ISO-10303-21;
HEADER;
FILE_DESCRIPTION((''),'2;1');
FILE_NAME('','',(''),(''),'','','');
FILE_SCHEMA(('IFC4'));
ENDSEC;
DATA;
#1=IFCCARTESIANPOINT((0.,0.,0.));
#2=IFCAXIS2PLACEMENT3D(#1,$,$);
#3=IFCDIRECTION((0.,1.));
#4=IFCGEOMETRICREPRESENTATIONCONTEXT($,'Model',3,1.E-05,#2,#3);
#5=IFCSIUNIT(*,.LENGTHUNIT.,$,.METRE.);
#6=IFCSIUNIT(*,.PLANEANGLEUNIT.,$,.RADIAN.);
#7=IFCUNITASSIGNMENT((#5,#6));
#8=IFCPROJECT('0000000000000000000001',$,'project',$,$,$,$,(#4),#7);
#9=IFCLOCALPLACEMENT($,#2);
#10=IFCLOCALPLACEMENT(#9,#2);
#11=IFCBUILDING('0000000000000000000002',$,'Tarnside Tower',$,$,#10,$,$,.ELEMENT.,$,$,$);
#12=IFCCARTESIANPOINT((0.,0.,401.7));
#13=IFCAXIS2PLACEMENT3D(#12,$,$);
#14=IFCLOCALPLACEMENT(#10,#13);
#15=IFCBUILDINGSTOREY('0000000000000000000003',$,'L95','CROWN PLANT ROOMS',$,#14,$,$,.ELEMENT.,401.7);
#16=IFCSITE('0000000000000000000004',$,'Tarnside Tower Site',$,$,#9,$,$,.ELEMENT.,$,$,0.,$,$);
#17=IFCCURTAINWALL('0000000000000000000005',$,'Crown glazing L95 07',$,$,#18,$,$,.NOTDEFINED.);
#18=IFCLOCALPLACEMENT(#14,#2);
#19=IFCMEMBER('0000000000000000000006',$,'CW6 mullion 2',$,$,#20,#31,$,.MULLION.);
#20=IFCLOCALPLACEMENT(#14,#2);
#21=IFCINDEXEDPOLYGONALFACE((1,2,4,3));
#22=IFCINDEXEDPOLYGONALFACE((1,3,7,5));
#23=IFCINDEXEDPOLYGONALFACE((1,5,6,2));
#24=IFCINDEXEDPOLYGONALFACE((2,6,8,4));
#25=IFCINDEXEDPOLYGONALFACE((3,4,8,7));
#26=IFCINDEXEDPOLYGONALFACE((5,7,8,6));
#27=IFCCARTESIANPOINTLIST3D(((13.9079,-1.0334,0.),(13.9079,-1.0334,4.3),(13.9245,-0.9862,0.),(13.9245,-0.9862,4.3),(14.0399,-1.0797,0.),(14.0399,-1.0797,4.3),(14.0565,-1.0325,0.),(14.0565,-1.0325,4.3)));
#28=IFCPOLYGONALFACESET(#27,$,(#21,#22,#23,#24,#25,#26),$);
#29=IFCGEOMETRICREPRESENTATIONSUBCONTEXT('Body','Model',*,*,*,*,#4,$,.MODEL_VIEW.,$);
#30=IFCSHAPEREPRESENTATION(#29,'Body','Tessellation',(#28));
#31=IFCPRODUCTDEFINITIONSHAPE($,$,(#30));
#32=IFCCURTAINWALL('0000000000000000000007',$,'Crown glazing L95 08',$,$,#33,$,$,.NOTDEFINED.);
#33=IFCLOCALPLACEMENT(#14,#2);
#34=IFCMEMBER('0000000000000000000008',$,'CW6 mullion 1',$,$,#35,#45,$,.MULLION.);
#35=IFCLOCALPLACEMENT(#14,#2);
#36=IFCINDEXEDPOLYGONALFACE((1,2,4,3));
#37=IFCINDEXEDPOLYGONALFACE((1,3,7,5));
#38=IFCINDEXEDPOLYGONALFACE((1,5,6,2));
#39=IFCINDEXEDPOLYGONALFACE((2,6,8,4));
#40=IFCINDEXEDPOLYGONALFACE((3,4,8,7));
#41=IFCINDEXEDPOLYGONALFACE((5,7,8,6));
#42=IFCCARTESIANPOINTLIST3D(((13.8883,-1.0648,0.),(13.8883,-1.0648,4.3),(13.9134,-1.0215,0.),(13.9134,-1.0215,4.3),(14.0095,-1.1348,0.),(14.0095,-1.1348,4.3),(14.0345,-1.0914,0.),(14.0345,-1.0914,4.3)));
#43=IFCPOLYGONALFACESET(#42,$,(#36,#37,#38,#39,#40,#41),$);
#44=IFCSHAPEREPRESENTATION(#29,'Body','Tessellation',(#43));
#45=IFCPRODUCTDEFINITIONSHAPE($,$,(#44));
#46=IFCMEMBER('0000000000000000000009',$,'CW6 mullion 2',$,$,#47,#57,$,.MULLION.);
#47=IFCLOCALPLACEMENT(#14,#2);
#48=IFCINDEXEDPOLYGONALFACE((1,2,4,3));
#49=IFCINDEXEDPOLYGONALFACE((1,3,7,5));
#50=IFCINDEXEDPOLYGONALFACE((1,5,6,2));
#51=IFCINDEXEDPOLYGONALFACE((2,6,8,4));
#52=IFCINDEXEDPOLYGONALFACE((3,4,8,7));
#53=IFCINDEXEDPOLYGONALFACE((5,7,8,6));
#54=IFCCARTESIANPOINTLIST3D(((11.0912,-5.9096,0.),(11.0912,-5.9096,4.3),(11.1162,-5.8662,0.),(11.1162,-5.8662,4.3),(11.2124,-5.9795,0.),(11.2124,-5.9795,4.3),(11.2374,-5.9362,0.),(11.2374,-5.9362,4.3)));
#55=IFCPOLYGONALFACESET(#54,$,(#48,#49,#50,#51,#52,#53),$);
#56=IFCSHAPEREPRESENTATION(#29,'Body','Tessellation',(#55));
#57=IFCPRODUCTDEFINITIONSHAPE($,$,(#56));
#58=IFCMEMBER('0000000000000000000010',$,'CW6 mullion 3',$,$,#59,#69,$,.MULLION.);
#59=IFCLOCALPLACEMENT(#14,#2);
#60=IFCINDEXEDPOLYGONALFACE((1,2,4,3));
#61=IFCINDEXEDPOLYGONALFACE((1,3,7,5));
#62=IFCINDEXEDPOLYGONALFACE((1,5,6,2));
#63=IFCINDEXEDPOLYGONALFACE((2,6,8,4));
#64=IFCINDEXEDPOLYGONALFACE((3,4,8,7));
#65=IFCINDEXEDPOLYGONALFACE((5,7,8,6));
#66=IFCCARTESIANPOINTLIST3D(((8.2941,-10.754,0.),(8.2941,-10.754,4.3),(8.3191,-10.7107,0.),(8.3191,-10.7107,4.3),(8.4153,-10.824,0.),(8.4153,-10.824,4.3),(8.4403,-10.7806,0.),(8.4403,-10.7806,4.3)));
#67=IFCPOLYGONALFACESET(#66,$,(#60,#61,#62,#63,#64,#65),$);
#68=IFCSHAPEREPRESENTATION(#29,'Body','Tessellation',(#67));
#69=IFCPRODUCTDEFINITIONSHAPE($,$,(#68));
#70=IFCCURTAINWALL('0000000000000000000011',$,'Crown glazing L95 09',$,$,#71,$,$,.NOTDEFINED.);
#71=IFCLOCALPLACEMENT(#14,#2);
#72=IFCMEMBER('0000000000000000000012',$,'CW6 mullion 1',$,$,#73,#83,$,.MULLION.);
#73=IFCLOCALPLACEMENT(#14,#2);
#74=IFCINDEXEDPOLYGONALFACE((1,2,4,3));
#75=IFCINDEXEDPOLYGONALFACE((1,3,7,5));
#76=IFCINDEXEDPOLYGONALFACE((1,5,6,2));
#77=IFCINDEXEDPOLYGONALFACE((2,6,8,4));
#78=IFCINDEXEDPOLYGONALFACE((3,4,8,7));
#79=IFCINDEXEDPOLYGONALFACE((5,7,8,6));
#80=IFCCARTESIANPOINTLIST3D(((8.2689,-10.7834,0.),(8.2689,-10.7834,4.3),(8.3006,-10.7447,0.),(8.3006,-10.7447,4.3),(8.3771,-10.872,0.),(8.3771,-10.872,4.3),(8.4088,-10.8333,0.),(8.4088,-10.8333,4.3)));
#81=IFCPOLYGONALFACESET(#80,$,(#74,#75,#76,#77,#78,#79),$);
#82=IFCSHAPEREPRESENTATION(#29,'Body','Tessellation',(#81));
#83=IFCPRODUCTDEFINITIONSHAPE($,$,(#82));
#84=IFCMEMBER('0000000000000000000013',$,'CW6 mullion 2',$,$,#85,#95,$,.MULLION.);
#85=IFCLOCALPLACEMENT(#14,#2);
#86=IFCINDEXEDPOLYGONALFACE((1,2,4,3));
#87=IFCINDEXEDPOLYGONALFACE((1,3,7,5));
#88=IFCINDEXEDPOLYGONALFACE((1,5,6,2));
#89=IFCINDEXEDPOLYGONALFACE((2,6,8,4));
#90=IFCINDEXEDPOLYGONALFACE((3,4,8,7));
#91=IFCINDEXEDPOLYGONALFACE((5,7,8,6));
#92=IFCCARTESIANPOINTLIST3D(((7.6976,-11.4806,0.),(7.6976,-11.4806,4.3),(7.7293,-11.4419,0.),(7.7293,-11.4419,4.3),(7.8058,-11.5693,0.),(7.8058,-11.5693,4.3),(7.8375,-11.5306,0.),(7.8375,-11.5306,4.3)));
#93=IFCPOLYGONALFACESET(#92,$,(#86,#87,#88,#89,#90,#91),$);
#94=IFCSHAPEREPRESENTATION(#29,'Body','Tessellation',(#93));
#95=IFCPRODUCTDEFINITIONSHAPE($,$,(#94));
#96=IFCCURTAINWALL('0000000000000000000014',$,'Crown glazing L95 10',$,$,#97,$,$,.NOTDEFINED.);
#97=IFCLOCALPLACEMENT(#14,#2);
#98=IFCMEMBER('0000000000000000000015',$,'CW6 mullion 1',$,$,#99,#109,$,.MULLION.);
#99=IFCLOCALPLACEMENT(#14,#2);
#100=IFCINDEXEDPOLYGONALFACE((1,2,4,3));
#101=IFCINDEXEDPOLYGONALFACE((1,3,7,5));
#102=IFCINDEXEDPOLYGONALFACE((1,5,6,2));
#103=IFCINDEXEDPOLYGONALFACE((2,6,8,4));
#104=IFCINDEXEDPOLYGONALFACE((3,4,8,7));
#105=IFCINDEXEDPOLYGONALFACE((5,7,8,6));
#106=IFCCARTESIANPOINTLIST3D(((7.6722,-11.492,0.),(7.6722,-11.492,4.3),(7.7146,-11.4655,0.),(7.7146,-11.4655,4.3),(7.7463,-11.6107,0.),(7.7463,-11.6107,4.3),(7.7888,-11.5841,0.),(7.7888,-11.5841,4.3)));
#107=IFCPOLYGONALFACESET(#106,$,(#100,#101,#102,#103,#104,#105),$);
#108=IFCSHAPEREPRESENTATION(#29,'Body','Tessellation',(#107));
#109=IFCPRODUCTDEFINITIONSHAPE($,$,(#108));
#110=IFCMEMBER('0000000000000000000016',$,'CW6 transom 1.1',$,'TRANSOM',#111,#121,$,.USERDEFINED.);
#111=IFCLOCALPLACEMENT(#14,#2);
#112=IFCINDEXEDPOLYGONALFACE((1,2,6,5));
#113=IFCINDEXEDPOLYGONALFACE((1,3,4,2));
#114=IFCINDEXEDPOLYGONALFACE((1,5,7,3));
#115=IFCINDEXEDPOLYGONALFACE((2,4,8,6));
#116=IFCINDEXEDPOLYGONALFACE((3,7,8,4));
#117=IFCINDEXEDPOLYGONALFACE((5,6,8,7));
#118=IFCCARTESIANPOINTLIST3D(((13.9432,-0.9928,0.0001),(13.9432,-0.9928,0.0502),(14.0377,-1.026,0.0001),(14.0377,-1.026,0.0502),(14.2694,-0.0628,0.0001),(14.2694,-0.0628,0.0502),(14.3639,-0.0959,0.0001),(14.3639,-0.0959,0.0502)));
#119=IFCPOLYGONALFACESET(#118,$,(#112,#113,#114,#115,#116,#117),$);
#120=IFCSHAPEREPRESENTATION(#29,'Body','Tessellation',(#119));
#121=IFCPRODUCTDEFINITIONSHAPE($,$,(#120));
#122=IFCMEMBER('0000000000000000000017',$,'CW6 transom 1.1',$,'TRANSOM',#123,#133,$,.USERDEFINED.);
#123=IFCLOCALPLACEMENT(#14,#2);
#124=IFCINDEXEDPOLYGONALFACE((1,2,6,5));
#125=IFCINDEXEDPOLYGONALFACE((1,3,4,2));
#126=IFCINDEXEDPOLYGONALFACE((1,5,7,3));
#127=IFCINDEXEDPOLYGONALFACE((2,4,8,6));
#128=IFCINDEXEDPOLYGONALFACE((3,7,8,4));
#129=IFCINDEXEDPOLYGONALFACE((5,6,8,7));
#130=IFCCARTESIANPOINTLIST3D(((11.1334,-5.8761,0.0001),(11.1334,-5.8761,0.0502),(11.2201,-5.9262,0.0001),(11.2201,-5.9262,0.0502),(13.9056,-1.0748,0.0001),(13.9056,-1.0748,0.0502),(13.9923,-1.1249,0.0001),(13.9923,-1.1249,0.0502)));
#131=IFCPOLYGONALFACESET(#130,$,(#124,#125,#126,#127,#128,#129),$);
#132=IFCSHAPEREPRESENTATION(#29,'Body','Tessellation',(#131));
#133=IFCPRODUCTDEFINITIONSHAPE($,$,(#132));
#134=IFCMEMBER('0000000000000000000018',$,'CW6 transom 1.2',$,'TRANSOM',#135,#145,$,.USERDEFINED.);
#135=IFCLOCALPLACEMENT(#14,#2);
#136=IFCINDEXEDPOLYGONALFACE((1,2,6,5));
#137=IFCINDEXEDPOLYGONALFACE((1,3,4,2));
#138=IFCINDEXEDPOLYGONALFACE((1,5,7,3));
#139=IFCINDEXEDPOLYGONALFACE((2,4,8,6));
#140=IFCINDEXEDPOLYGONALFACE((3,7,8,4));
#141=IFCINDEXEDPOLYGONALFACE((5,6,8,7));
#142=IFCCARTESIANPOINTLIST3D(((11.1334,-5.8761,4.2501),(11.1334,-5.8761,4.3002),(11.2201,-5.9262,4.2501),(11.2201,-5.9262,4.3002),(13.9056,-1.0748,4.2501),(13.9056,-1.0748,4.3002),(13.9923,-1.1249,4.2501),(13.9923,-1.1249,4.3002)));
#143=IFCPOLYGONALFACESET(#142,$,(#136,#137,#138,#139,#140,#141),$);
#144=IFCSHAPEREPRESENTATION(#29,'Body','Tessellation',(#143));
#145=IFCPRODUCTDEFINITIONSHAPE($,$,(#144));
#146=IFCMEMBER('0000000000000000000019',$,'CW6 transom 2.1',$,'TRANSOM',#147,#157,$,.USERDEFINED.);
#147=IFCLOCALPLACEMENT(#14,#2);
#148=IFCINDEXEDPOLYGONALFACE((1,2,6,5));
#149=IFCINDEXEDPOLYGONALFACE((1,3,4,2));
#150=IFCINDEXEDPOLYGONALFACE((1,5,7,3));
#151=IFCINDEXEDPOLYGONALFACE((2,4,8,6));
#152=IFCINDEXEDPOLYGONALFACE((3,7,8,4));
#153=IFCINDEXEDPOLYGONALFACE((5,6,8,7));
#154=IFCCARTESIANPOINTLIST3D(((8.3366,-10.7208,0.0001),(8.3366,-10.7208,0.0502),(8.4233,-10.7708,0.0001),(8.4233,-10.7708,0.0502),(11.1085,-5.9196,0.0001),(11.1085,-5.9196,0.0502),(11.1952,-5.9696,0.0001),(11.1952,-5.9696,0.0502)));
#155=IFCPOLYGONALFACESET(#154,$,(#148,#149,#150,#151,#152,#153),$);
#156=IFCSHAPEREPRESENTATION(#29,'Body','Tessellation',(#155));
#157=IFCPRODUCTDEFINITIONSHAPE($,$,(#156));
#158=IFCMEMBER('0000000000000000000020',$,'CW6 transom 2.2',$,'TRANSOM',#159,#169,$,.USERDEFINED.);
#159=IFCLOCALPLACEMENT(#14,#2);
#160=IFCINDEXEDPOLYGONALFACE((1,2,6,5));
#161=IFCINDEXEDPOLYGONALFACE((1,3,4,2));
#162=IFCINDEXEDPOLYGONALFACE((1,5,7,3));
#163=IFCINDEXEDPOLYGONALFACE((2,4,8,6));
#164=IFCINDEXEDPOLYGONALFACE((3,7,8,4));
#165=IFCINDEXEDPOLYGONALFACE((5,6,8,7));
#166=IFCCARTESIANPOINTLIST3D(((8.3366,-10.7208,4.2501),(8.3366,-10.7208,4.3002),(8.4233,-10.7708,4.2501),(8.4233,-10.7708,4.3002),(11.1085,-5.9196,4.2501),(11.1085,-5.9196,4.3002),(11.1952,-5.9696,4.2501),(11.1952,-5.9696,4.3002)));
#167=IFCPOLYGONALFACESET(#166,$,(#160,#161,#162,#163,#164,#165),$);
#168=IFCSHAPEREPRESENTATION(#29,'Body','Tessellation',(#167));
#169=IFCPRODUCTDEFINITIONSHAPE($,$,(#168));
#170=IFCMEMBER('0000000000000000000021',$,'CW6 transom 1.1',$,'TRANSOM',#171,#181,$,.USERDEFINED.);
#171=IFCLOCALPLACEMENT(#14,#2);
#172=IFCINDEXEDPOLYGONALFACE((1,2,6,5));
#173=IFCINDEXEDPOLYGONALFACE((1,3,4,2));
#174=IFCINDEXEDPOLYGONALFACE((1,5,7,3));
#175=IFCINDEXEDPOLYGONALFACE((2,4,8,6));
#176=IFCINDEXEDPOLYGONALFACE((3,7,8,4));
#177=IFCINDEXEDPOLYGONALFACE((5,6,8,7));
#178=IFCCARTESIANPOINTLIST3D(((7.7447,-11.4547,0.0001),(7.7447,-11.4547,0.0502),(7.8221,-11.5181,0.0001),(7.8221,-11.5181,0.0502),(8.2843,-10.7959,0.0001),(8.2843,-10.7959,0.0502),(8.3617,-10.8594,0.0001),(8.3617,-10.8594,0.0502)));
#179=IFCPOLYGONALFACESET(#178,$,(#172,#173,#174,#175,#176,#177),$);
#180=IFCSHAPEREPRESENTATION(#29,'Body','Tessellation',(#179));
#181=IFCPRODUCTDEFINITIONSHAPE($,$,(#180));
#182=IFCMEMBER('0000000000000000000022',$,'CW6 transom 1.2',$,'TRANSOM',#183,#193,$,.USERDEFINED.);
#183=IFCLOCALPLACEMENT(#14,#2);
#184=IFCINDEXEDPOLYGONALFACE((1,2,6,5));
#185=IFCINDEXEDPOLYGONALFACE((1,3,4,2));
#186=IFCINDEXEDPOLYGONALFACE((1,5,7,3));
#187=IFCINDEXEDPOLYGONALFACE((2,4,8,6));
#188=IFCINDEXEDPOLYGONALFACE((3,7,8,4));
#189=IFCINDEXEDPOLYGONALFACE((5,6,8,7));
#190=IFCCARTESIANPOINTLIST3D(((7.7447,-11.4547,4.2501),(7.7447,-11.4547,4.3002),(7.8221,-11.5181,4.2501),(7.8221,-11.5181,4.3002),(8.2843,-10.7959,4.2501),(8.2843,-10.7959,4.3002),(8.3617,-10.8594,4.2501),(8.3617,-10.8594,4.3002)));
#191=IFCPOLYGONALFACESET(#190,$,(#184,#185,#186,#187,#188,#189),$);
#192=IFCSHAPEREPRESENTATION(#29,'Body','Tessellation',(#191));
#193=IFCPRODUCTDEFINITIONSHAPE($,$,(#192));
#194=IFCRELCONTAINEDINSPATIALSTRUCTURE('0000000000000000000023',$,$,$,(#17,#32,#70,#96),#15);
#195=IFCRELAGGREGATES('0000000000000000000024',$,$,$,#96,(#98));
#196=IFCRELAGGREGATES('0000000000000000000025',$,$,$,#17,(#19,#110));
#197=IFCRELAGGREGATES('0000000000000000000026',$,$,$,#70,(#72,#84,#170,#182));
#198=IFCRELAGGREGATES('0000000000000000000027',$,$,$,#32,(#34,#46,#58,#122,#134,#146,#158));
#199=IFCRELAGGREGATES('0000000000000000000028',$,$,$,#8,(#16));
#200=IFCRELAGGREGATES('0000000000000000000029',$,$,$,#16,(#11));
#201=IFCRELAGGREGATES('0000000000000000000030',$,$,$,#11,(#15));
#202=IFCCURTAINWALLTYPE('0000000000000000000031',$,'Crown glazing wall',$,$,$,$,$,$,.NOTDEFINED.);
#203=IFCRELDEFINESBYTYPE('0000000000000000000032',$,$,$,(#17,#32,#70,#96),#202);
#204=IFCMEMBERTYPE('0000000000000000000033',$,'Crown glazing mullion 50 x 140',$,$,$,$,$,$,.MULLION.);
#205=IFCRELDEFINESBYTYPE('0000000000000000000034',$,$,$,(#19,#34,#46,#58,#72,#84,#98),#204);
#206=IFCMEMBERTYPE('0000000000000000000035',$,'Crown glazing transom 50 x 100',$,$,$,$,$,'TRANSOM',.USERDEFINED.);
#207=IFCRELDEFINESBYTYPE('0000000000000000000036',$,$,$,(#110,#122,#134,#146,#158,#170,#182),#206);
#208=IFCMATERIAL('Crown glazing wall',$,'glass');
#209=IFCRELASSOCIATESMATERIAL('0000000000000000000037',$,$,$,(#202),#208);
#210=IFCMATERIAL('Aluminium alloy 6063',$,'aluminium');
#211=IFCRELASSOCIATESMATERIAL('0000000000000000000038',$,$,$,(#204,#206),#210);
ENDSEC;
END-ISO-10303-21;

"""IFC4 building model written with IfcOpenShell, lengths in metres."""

from ifc_helpers import new_model, si_unit, direction, frame, origin, origin_2d, place, context, subcontext, project, spatial, rectangle, extrude, material, material_profile, profile_set, type_object, element, aggregate, save


model = new_model("IFC4")

# Units and contexts
model_context = context("Model", 3, precision=1e-05, world=origin(), true_north=direction((0.0, 1.0)))
body_context = subcontext(model_context, "Body", "Model", "MODEL_VIEW")
ifc_project = project(units=[si_unit("LENGTHUNIT", "METRE"), si_unit("PLANEANGLEUNIT", "RADIAN")], contexts=[model_context])

# Site, building, storey
site_placement = place(None, origin())
site = spatial("IfcSite", under=ifc_project, at=site_placement, Name="Tarnside Tower Site", CompositionType="ELEMENT", RefElevation=0.0)
building_placement = place(site_placement, origin())
building = spatial("IfcBuilding", under=site, at=building_placement, Name="Tarnside Tower", CompositionType="ELEMENT")
storey_placement = place(building_placement, frame((0.0, 0.0, 401.7)))
storey = spatial("IfcBuildingStorey", under=building, at=storey_placement, Name="L95", Description="CROWN PLANT ROOMS", CompositionType="ELEMENT", Elevation=401.7)

# Curtain wall, member
ifc_material_1 = material(Name="Crown glazing wall", Category="glass")
curtain_wall_type = type_object("IfcCurtainWallType", Name="Crown glazing wall", PredefinedType="NOTDEFINED", material=ifc_material_1)
curtain_wall_1_placement = place(storey_placement, origin())
curtain_wall_1 = element("IfcCurtainWall", 1, at=curtain_wall_1_placement, inside=storey, type_object=curtain_wall_type, Name="Crown glazing L95 07", PredefinedType="NOTDEFINED")
ifc_material_2 = material(Name="Aluminium alloy 6063", Category="aluminium")
ifc_material_profile_1 = material_profile(ifc_material_2, rectangle(XDim=0.1399, YDim=0.05, at=origin_2d()), Name="Crown glazing mullion 50 x 140")
ifc_profile_set_1 = profile_set([ifc_material_profile_1], Name="Aluminium alloy 6063")
member_type_1 = type_object("IfcMemberType", Name="Crown glazing mullion 50 x 140", PredefinedType="MULLION", material=ifc_profile_set_1)
member_1_placement = place(storey_placement, frame((13.9822, -1.033, 0.0), z_axis=(0.0, 0.0, 1.0), x_axis=(0.943609, -0.331063, 0.0)))
member_1 = element("IfcMember", 2, at=member_1_placement, type_object=member_type_1, Name="CW6 mullion 2", PredefinedType="MULLION", context=body_context, shape_type="SweptSolid", body=[
    extrude(rectangle(XDim=0.1399, YDim=0.05, at=origin_2d()), origin(), (0.0, 0.0, 1.0), 4.3),
])

# Curtain walls, members
curtain_wall_2_placement = place(storey_placement, origin())
curtain_wall_2 = element("IfcCurtainWall", 3, at=curtain_wall_2_placement, inside=storey, type_object=curtain_wall_type, Name="Crown glazing L95 08", PredefinedType="NOTDEFINED")
member_2_placement = place(storey_placement, frame((13.9614, -1.0781, 0.0), z_axis=(0.0, 0.0, 1.0), x_axis=(0.866025, -0.5, 0.0)))
member_2 = element("IfcMember", 4, at=member_2_placement, type_object=member_type_1, Name="CW6 mullion 1", PredefinedType="MULLION", context=body_context, shape_type="SweptSolid", body=[
    extrude(rectangle(XDim=0.1399, YDim=0.05, at=origin_2d()), origin(), (0.0, 0.0, 1.0), 4.3),
])
member_3_placement = place(storey_placement, frame((11.1643, -5.9229, 0.0), z_axis=(0.0, 0.0, 1.0), x_axis=(0.866025, -0.5, 0.0)))
member_3 = element("IfcMember", 5, at=member_3_placement, type_object=member_type_1, Name="CW6 mullion 2", PredefinedType="MULLION", context=body_context, shape_type="SweptSolid", body=[
    extrude(rectangle(XDim=0.1399, YDim=0.05, at=origin_2d()), origin(), (0.0, 0.0, 1.0), 4.3),
])
member_4_placement = place(storey_placement, frame((8.3672, -10.7673, 0.0), z_axis=(0.0, 0.0, 1.0), x_axis=(0.866025, -0.5, 0.0)))
member_4 = element("IfcMember", 6, at=member_4_placement, type_object=member_type_1, Name="CW6 mullion 3", PredefinedType="MULLION", context=body_context, shape_type="SweptSolid", body=[
    extrude(rectangle(XDim=0.1399, YDim=0.05, at=origin_2d()), origin(), (0.0, 0.0, 1.0), 4.3),
])
curtain_wall_3_placement = place(storey_placement, origin())
curtain_wall_3 = element("IfcCurtainWall", 7, at=curtain_wall_3_placement, inside=storey, type_object=curtain_wall_type, Name="Crown glazing L95 09", PredefinedType="NOTDEFINED")
member_5_placement = place(storey_placement, frame((8.3389, -10.8083, 0.0), z_axis=(0.0, 0.0, 1.0), x_axis=(0.773472, -0.633831, 0.0)))
member_5 = element("IfcMember", 8, at=member_5_placement, type_object=member_type_1, Name="CW6 mullion 1", PredefinedType="MULLION", context=body_context, shape_type="SweptSolid", body=[
    extrude(rectangle(XDim=0.1399, YDim=0.05, at=origin_2d()), origin(), (0.0, 0.0, 1.0), 4.3),
])
member_6_placement = place(storey_placement, frame((7.7676, -11.5056, 0.0), z_axis=(0.0, 0.0, 1.0), x_axis=(0.773472, -0.633831, 0.0)))
member_6 = element("IfcMember", 9, at=member_6_placement, type_object=member_type_1, Name="CW6 mullion 2", PredefinedType="MULLION", context=body_context, shape_type="SweptSolid", body=[
    extrude(rectangle(XDim=0.1399, YDim=0.05, at=origin_2d()), origin(), (0.0, 0.0, 1.0), 4.3),
])

# Curtain wall, member
curtain_wall_4_placement = place(storey_placement, origin())
curtain_wall_4 = element("IfcCurtainWall", 10, at=curtain_wall_4_placement, inside=storey, type_object=curtain_wall_type, Name="Crown glazing L95 10", PredefinedType="NOTDEFINED")
member_7_placement = place(storey_placement, frame((7.7305, -11.5381, 0.0), z_axis=(0.0, 0.0, 1.0), x_axis=(0.529919, -0.848048, 0.0)))
member_7 = element("IfcMember", 11, at=member_7_placement, type_object=member_type_1, Name="CW6 mullion 1", PredefinedType="MULLION", context=body_context, shape_type="SweptSolid", body=[
    extrude(rectangle(XDim=0.1399, YDim=0.05, at=origin_2d()), origin(), (0.0, 0.0, 1.0), 4.3),
])

# Members
ifc_material_profile_2 = material_profile(ifc_material_2, rectangle(XDim=0.1001, YDim=0.05, at=origin_2d()), Name="Crown glazing transom 50 x 100")
ifc_profile_set_2 = profile_set([ifc_material_profile_2], Name="Aluminium alloy 6063")
member_type_2 = type_object("IfcMemberType", Name="Crown glazing transom 50 x 100", ElementType="TRANSOM", PredefinedType="USERDEFINED", material=ifc_profile_set_2)
member_8_placement = place(storey_placement, frame((14.3167, -0.0793, 0.0251), z_axis=(-0.330979, -0.943638, 0.0), x_axis=(0.943638, -0.330979, 0.0)))
member_8 = element("IfcMember", 12, at=member_8_placement, type_object=member_type_2, Name="CW6 transom 1.1", ObjectType="TRANSOM", PredefinedType="USERDEFINED", context=body_context, shape_type="SweptSolid", body=[
    extrude(rectangle(XDim=0.1001, YDim=0.05, at=origin_2d()), origin(), (0.0, 0.0, 1.0), 0.9856),
])
member_9_placement = place(storey_placement, frame((13.949, -1.0999, 0.0251), z_axis=(-0.500027, -0.86601, 0.0), x_axis=(0.86601, -0.500027, 0.0)))
member_9 = element("IfcMember", 13, at=member_9_placement, type_object=member_type_2, Name="CW6 transom 1.1", ObjectType="TRANSOM", PredefinedType="USERDEFINED", context=body_context, shape_type="SweptSolid", body=[
    extrude(rectangle(XDim=0.1001, YDim=0.05, at=origin_2d()), origin(), (0.0, 0.0, 1.0), 5.5442),
])
member_10_placement = place(storey_placement, frame((13.949, -1.0999, 4.2751), z_axis=(-0.500027, -0.86601, 0.0), x_axis=(0.86601, -0.500027, 0.0)))
member_10 = element("IfcMember", 14, at=member_10_placement, type_object=member_type_2, Name="CW6 transom 1.2", ObjectType="TRANSOM", PredefinedType="USERDEFINED", context=body_context, shape_type="SweptSolid", body=[
    extrude(rectangle(XDim=0.1001, YDim=0.05, at=origin_2d()), origin(), (0.0, 0.0, 1.0), 5.5442),
])
member_11_placement = place(storey_placement, frame((11.1519, -5.9446, 0.0251), z_axis=(-0.499994, -0.866029, 0.0), x_axis=(0.866029, -0.499994, 0.0)))
member_11 = element("IfcMember", 15, at=member_11_placement, type_object=member_type_2, Name="CW6 transom 2.1", ObjectType="TRANSOM", PredefinedType="USERDEFINED", context=body_context, shape_type="SweptSolid", body=[
    extrude(rectangle(XDim=0.1001, YDim=0.05, at=origin_2d()), origin(), (0.0, 0.0, 1.0), 5.5439),
])
member_12_placement = place(storey_placement, frame((11.1519, -5.9446, 4.2751), z_axis=(-0.499994, -0.866029, 0.0), x_axis=(0.866029, -0.499994, 0.0)))
member_12 = element("IfcMember", 16, at=member_12_placement, type_object=member_type_2, Name="CW6 transom 2.2", ObjectType="TRANSOM", PredefinedType="USERDEFINED", context=body_context, shape_type="SweptSolid", body=[
    extrude(rectangle(XDim=0.1001, YDim=0.05, at=origin_2d()), origin(), (0.0, 0.0, 1.0), 5.5439),
])
member_13_placement = place(storey_placement, frame((8.323, -10.8276, 0.0251), z_axis=(-0.633675, -0.773599, 0.0), x_axis=(0.773599, -0.633675, 0.0)))
member_13 = element("IfcMember", 17, at=member_13_placement, type_object=member_type_2, Name="CW6 transom 1.1", ObjectType="TRANSOM", PredefinedType="USERDEFINED", context=body_context, shape_type="SweptSolid", body=[
    extrude(rectangle(XDim=0.1001, YDim=0.05, at=origin_2d()), origin(), (0.0, 0.0, 1.0), 0.8516),
])
member_14_placement = place(storey_placement, frame((8.323, -10.8276, 4.2751), z_axis=(-0.633675, -0.773599, 0.0), x_axis=(0.773599, -0.633675, 0.0)))
member_14 = element("IfcMember", 18, at=member_14_placement, type_object=member_type_2, Name="CW6 transom 1.2", ObjectType="TRANSOM", PredefinedType="USERDEFINED", context=body_context, shape_type="SweptSolid", body=[
    extrude(rectangle(XDim=0.1001, YDim=0.05, at=origin_2d()), origin(), (0.0, 0.0, 1.0), 0.8516),
])
aggregate(curtain_wall_4, [member_7])

aggregate(curtain_wall_1, [member_1, member_8])
aggregate(curtain_wall_3, [member_5, member_6, member_13, member_14])
aggregate(curtain_wall_2, [member_2, member_3, member_4, member_9, member_10, member_11, member_12])

save(model, "model.ifc")
